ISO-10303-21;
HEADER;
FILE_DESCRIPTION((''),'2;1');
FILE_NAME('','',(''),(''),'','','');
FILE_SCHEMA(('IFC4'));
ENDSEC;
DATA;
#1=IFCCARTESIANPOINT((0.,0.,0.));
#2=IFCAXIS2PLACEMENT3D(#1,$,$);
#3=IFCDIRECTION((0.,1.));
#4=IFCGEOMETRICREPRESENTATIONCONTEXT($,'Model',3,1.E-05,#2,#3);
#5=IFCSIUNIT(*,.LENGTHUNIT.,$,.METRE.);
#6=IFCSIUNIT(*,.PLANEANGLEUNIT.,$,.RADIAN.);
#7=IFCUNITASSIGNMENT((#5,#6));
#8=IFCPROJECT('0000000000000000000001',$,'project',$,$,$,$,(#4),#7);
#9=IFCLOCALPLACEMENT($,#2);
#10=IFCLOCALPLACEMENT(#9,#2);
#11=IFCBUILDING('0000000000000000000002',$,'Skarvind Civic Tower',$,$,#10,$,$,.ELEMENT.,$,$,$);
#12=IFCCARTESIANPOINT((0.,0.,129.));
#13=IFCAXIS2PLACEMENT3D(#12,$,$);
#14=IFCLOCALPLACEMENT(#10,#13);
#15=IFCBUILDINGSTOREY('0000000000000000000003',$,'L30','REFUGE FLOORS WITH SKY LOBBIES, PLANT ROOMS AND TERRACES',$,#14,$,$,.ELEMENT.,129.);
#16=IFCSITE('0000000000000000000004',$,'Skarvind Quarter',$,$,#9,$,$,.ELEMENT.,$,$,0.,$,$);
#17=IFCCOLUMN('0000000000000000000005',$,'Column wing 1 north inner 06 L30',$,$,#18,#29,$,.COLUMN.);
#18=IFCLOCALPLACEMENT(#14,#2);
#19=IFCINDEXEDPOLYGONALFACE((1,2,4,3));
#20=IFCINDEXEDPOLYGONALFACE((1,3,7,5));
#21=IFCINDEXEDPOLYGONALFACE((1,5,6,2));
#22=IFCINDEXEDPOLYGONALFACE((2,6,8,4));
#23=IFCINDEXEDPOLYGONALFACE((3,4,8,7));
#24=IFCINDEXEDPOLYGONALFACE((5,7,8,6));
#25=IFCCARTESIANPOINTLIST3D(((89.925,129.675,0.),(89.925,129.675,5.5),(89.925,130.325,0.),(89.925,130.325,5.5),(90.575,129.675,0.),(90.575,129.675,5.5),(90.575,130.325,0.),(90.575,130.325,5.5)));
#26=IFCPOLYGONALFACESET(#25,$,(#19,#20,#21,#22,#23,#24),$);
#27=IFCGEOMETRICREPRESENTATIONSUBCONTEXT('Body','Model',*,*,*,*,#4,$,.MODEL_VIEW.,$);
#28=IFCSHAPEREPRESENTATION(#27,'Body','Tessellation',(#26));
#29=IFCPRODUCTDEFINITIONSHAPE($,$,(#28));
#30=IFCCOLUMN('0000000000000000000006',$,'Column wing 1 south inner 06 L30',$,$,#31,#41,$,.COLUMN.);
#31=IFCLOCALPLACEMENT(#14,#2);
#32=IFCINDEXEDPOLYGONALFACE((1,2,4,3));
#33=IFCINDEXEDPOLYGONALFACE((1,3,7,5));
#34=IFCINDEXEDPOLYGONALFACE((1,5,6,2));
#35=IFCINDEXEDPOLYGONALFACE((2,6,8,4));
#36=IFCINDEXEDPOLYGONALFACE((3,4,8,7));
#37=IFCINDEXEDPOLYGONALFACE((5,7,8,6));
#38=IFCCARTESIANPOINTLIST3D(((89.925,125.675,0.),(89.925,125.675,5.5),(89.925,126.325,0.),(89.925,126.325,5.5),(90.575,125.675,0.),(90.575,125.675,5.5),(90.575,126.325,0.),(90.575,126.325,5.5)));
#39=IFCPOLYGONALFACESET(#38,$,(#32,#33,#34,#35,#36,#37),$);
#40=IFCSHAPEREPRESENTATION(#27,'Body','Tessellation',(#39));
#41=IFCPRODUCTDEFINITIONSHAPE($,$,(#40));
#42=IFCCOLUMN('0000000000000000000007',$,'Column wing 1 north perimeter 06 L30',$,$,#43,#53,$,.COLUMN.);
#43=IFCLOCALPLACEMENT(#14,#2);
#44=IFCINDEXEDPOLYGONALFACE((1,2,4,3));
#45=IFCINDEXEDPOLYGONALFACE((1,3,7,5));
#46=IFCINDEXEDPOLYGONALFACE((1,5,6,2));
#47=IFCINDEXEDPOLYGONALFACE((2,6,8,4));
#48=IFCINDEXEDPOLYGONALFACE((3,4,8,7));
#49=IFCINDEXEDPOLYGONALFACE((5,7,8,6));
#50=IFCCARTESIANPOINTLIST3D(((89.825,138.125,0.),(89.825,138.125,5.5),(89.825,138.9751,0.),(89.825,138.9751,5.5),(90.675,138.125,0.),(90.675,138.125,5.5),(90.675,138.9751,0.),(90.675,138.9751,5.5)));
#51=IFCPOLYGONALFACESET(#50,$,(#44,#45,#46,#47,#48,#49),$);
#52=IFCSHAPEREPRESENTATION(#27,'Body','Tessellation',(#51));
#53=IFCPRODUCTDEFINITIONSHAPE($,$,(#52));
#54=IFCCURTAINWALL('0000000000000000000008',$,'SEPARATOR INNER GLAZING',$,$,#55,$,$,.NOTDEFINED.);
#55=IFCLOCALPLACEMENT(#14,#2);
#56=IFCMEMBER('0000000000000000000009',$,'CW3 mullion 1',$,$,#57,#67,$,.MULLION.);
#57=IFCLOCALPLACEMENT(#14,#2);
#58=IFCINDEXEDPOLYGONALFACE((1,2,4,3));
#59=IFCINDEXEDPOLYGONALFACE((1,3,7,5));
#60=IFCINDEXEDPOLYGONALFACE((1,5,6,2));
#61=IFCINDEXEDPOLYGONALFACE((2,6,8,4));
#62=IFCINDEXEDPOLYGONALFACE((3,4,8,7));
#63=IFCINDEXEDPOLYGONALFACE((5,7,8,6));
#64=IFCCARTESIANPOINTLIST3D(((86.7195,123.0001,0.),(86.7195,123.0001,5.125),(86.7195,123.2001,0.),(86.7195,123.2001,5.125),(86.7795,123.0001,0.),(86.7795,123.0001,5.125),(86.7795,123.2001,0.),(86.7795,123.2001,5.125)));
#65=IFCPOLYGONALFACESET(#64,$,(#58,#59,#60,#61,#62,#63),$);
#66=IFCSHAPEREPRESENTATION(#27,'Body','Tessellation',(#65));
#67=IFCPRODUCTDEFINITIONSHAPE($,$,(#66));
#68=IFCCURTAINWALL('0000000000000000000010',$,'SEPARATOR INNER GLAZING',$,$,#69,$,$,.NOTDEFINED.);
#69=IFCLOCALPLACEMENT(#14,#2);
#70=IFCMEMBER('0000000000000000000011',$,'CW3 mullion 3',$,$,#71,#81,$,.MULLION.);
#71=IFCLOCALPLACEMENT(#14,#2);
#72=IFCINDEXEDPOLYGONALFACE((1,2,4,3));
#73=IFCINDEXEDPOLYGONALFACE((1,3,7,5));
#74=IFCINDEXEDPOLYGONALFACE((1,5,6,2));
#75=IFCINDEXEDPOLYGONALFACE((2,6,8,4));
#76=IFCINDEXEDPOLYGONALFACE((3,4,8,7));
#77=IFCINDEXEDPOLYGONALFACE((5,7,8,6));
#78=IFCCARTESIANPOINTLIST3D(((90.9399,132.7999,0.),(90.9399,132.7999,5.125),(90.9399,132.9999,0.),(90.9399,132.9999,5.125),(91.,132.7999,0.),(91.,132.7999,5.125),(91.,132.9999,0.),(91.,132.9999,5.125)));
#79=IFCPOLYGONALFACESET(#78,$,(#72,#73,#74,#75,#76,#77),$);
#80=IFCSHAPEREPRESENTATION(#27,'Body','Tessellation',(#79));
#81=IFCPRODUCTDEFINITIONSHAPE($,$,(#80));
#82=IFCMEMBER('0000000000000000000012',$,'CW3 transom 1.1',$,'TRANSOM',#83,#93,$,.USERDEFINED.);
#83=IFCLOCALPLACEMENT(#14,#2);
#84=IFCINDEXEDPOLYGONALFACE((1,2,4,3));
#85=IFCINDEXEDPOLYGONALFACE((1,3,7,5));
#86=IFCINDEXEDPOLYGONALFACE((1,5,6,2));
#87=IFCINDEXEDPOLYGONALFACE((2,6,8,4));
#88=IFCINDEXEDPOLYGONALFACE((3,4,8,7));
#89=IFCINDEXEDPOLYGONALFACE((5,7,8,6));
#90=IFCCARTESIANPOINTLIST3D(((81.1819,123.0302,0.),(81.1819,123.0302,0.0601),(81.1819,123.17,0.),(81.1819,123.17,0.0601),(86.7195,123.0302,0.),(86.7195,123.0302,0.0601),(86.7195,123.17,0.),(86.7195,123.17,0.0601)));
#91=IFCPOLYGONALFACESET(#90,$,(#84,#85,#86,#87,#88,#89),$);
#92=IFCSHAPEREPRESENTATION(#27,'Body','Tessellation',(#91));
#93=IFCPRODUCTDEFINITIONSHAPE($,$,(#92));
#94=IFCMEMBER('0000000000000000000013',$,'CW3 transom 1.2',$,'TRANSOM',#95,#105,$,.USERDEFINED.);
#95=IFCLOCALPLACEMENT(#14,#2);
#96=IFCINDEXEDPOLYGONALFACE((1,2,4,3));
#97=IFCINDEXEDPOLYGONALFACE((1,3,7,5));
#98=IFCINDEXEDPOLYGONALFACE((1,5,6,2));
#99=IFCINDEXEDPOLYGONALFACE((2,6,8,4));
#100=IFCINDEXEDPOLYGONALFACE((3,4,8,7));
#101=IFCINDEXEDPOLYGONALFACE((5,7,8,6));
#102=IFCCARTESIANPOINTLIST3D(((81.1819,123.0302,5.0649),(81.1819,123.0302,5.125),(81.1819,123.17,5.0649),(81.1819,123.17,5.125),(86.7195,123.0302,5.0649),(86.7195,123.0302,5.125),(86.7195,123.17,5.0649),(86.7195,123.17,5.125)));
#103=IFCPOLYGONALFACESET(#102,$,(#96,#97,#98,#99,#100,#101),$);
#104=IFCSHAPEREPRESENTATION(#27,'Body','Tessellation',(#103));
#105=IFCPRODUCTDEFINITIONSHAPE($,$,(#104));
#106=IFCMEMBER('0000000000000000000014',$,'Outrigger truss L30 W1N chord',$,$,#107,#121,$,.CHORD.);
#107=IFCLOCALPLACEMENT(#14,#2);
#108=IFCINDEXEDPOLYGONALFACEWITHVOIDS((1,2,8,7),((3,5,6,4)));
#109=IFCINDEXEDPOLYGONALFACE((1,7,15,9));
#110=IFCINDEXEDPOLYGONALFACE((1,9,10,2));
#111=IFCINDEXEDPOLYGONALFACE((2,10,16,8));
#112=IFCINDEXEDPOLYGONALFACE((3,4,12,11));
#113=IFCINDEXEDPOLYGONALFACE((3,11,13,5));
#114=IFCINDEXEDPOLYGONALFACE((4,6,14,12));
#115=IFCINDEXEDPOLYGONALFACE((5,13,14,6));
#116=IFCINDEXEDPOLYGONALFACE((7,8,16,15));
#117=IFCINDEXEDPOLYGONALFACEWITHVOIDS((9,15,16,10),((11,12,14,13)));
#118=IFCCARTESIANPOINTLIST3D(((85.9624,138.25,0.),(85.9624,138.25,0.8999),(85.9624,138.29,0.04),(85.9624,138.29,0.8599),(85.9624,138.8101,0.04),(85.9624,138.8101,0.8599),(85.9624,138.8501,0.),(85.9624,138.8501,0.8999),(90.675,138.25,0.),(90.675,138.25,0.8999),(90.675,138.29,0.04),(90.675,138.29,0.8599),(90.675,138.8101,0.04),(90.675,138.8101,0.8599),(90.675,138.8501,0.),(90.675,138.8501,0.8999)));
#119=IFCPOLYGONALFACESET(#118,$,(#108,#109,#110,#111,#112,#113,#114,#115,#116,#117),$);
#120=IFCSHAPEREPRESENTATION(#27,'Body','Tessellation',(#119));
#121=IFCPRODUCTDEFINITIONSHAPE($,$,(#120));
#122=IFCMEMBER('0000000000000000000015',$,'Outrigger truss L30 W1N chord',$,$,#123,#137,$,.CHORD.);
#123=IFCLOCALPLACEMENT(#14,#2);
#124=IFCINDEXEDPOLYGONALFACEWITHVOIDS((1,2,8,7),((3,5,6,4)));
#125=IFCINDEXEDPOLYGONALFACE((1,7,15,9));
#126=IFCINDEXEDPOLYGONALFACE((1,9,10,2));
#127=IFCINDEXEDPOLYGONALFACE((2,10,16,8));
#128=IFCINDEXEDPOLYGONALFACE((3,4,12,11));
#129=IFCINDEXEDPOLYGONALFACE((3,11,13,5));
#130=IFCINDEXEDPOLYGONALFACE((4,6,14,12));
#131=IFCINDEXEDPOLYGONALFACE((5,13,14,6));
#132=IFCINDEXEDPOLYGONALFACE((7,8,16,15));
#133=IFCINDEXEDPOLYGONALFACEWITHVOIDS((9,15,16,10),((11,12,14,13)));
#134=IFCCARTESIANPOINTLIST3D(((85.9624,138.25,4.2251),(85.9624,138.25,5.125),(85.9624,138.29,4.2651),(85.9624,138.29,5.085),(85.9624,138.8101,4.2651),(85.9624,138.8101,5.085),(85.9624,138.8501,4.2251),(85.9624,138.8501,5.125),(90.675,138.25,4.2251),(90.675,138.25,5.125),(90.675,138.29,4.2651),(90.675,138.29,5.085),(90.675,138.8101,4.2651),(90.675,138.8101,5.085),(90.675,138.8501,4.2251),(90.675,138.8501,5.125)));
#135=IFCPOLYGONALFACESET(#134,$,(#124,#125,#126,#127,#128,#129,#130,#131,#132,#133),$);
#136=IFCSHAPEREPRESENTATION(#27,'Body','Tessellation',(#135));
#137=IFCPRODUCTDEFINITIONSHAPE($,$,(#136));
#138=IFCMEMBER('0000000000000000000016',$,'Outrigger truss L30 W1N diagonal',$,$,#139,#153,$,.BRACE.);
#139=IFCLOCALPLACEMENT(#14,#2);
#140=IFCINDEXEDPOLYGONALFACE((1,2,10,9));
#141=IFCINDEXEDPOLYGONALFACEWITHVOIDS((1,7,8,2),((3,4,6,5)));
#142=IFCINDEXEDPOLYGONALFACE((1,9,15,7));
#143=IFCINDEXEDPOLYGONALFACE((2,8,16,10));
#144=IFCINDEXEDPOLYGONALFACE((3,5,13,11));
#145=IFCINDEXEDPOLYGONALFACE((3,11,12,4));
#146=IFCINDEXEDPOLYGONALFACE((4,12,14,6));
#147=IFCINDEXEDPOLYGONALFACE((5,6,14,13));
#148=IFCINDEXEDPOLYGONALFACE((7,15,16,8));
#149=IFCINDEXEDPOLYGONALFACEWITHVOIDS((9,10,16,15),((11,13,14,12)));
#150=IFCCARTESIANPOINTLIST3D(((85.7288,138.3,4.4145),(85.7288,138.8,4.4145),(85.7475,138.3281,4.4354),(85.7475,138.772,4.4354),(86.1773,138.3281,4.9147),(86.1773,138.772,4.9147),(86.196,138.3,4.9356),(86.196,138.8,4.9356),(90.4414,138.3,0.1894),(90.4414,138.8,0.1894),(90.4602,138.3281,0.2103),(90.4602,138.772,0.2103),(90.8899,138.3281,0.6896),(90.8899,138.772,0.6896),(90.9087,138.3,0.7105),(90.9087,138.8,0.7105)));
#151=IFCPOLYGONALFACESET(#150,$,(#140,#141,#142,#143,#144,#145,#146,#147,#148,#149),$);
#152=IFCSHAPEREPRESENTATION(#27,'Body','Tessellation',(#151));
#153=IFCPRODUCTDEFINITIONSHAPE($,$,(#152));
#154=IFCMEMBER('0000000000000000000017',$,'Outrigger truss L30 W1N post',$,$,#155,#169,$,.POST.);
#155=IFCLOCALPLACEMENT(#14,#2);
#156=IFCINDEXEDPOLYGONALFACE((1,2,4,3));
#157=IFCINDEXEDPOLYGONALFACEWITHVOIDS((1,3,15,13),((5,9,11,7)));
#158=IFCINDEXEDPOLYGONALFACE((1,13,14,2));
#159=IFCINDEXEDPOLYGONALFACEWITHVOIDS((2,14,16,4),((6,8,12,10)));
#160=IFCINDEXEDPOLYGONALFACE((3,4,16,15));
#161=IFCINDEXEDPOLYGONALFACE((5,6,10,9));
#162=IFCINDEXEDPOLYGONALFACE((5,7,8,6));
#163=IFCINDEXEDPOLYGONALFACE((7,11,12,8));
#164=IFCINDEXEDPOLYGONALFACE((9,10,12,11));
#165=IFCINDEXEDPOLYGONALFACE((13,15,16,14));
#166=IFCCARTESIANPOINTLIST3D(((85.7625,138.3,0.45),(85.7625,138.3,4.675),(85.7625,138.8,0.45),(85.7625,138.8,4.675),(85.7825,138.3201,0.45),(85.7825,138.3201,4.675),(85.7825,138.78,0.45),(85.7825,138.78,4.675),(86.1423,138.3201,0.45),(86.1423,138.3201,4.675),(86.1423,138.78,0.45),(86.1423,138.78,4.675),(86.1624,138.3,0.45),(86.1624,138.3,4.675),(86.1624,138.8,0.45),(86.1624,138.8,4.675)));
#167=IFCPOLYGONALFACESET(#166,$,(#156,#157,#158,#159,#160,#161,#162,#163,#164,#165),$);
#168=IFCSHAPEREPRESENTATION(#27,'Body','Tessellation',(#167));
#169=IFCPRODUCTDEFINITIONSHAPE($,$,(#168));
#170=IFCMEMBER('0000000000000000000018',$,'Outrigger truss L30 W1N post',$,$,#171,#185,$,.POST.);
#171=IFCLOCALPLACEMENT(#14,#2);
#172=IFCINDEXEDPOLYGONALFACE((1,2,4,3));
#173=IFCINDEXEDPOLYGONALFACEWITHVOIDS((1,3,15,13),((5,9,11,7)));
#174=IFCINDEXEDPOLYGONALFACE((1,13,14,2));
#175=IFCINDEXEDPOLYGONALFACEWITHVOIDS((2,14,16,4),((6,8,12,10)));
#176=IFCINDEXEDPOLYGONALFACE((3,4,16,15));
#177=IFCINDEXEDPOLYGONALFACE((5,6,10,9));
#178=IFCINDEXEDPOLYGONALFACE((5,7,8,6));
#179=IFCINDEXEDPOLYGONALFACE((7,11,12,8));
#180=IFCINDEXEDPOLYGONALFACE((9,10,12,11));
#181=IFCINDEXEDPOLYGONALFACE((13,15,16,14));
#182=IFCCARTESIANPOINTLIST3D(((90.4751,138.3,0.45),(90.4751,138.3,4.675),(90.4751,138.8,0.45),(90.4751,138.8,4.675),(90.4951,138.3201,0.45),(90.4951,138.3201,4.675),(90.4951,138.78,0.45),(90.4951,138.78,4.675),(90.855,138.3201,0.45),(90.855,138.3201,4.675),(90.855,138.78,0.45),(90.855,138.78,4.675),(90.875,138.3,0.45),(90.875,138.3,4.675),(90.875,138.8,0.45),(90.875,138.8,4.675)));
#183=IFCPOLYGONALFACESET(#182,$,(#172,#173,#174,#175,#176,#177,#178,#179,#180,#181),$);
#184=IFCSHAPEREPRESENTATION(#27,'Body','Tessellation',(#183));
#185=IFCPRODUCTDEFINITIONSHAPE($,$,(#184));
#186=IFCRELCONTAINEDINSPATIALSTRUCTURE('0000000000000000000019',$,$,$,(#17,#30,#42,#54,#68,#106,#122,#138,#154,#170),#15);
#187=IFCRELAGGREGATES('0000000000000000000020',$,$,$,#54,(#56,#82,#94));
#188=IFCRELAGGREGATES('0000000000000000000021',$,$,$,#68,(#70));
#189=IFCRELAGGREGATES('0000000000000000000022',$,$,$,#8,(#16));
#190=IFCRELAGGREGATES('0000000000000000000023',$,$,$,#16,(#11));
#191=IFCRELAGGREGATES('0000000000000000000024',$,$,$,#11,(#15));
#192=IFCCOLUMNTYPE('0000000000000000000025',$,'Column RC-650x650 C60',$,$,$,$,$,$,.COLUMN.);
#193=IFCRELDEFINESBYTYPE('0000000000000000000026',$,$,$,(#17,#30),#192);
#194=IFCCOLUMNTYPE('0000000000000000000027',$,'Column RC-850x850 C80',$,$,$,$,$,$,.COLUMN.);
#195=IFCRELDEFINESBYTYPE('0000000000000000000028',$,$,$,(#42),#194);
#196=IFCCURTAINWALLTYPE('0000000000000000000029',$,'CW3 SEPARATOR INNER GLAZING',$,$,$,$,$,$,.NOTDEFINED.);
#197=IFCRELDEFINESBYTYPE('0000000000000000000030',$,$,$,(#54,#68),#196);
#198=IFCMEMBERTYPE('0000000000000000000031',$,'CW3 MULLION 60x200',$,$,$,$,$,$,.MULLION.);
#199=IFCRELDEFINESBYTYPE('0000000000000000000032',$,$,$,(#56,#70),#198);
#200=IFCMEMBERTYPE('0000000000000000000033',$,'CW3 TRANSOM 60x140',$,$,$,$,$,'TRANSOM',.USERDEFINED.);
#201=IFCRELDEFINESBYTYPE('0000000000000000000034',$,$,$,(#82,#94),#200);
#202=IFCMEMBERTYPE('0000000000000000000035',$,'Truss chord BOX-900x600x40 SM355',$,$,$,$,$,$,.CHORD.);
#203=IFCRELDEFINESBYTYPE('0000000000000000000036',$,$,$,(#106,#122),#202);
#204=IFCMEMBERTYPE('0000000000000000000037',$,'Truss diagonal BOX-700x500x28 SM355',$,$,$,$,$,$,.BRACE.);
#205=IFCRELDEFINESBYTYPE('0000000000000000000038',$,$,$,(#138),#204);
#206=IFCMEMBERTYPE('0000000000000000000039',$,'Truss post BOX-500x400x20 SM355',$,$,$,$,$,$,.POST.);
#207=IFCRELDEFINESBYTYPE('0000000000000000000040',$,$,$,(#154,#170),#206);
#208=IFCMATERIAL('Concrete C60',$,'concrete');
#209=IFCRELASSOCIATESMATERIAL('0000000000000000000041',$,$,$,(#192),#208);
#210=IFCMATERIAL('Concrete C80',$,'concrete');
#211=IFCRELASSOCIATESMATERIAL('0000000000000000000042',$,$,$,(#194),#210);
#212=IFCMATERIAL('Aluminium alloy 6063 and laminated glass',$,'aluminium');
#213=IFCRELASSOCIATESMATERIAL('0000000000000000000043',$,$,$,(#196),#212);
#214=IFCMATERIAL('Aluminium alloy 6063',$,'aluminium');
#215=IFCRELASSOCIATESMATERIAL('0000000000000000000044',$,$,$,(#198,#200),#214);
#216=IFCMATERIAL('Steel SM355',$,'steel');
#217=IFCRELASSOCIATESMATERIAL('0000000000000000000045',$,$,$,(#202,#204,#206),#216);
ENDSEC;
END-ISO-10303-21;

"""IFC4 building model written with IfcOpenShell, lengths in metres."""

from ifc_helpers import new_model, si_unit, direction, frame, origin, origin_2d, place, context, subcontext, project, spatial, rectangle, hollow_rectangle, extrude, material, material_profile, profile_set, type_object, element, aggregate, save


model = new_model("IFC4")

# Units and contexts
model_context = context("Model", 3, precision=1e-05, world=origin(), true_north=direction((0.0, 1.0)))
body_context = subcontext(model_context, "Body", "Model", "MODEL_VIEW")
ifc_project = project(units=[si_unit("LENGTHUNIT", "METRE"), si_unit("PLANEANGLEUNIT", "RADIAN")], contexts=[model_context])

# Site, building, storey
site_placement = place(None, origin())
site = spatial("IfcSite", under=ifc_project, at=site_placement, Name="Skarvind Quarter", CompositionType="ELEMENT", RefElevation=0.0)
building_placement = place(site_placement, origin())
building = spatial("IfcBuilding", under=site, at=building_placement, Name="Skarvind Civic Tower", CompositionType="ELEMENT")
storey_placement = place(building_placement, frame((0.0, 0.0, 129.0)))
storey = spatial("IfcBuildingStorey", under=building, at=storey_placement, Name="L30", Description="REFUGE FLOORS WITH SKY LOBBIES, PLANT ROOMS AND TERRACES", CompositionType="ELEMENT", Elevation=129.0)

# Columns
ifc_material_1 = material(Name="Concrete C60", Category="concrete")
ifc_material_profile_1 = material_profile(ifc_material_1, rectangle(XDim=0.6499, YDim=0.6499, at=origin_2d()), Name="RC-650x650")
ifc_profile_set_1 = profile_set([ifc_material_profile_1], Name="Concrete C60")
column_type_1 = type_object("IfcColumnType", Name="Column RC-650x650 C60", PredefinedType="COLUMN", material=ifc_profile_set_1)
for number, where, z_axis, x_axis, name in (
    (1, (90.25, 130.0, 0.0), (0.0, 0.0, 1.0), (1.0, 0.0, 0.0), "Column wing 1 north inner 06 L30"),
    (2, (90.25, 126.0, 0.0), (0.0, 0.0, 1.0), (1.0, 0.0, 0.0), "Column wing 1 south inner 06 L30"),
):
    element("IfcColumn", number, at=place(storey_placement, frame(where, z_axis=z_axis, x_axis=x_axis)), inside=storey, type_object=column_type_1, Name=name, PredefinedType="COLUMN", context=body_context, shape_type="SweptSolid", body=[
        extrude(rectangle(XDim=0.6499, YDim=0.6499, at=origin_2d()), origin(), (0.0, 0.0, 1.0), 5.5),
    ])
ifc_material_2 = material(Name="Concrete C80", Category="concrete")
ifc_material_profile_2 = material_profile(ifc_material_2, rectangle(XDim=0.8501, YDim=0.8501, at=origin_2d()), Name="RC-850x850")
ifc_profile_set_2 = profile_set([ifc_material_profile_2], Name="Concrete C80")
column_type_2 = type_object("IfcColumnType", Name="Column RC-850x850 C80", PredefinedType="COLUMN", material=ifc_profile_set_2)
column_placement = place(storey_placement, frame((90.25, 138.55, 0.0), z_axis=(0.0, 0.0, 1.0), x_axis=(1.0, 0.0, 0.0)))
element("IfcColumn", 3, at=column_placement, inside=storey, type_object=column_type_2, Name="Column wing 1 north perimeter 06 L30", PredefinedType="COLUMN", context=body_context, shape_type="SweptSolid", body=[
    extrude(rectangle(XDim=0.8501, YDim=0.8501, at=origin_2d()), origin(), (0.0, 0.0, 1.0), 5.5),
])

# Curtain walls, members
ifc_material_3 = material(Name="Aluminium alloy 6063 and laminated glass", Category="aluminium")
curtain_wall_type = type_object("IfcCurtainWallType", Name="CW3 SEPARATOR INNER GLAZING", PredefinedType="NOTDEFINED", material=ifc_material_3)
curtain_wall_1_placement = place(storey_placement, origin())
curtain_wall_1 = element("IfcCurtainWall", 4, at=curtain_wall_1_placement, inside=storey, type_object=curtain_wall_type, Name="SEPARATOR INNER GLAZING", PredefinedType="NOTDEFINED")
ifc_material_4 = material(Name="Aluminium alloy 6063", Category="aluminium")
ifc_material_profile_3 = material_profile(ifc_material_4, rectangle(XDim=0.2, YDim=0.0601, at=origin_2d()), Name="AL 60x200")
ifc_profile_set_3 = profile_set([ifc_material_profile_3], Name="Aluminium alloy 6063")
member_type_1 = type_object("IfcMemberType", Name="CW3 MULLION 60x200", PredefinedType="MULLION", material=ifc_profile_set_3)
member_1_placement = place(storey_placement, frame((86.7495, 123.1001, 0.0), z_axis=(0.0, 0.0, 1.0), x_axis=(0.0, -1.0, 0.0)))
member_1 = element("IfcMember", 5, at=member_1_placement, type_object=member_type_1, Name="CW3 mullion 1", PredefinedType="MULLION", context=body_context, shape_type="SweptSolid", body=[
    extrude(rectangle(XDim=0.2, YDim=0.0601, at=origin_2d()), origin(), (0.0, 0.0, 1.0), 5.125),
])
curtain_wall_2_placement = place(storey_placement, origin())
curtain_wall_2 = element("IfcCurtainWall", 6, at=curtain_wall_2_placement, inside=storey, type_object=curtain_wall_type, Name="SEPARATOR INNER GLAZING", PredefinedType="NOTDEFINED")
member_2_placement = place(storey_placement, frame((90.97, 132.8999, 0.0), z_axis=(0.0, 0.0, 1.0), x_axis=(0.0, 1.0, 0.0)))
member_2 = element("IfcMember", 7, at=member_2_placement, type_object=member_type_1, Name="CW3 mullion 3", PredefinedType="MULLION", context=body_context, shape_type="SweptSolid", body=[
    extrude(rectangle(XDim=0.2, YDim=0.0601, at=origin_2d()), origin(), (0.0, 0.0, 1.0), 5.125),
])

# Members
ifc_material_profile_4 = material_profile(ifc_material_4, rectangle(XDim=0.1399, YDim=0.0601, at=origin_2d()), Name="AL 60x140")
ifc_profile_set_4 = profile_set([ifc_material_profile_4], Name="Aluminium alloy 6063")
member_type_2 = type_object("IfcMemberType", Name="CW3 TRANSOM 60x140", ElementType="TRANSOM", PredefinedType="USERDEFINED", material=ifc_profile_set_4)
member_3_placement = place(storey_placement, frame((86.7195, 123.1001, 0.03), z_axis=(-1.0, 0.0, 0.0), x_axis=(0.0, -1.0, 0.0)))
member_3 = element("IfcMember", 8, at=member_3_placement, type_object=member_type_2, Name="CW3 transom 1.1", ObjectType="TRANSOM", PredefinedType="USERDEFINED", context=body_context, shape_type="SweptSolid", body=[
    extrude(rectangle(XDim=0.1399, YDim=0.0601, at=origin_2d()), origin(), (0.0, 0.0, 1.0), 5.5376),
])
member_4_placement = place(storey_placement, frame((86.7195, 123.1001, 5.095), z_axis=(-1.0, 0.0, 0.0), x_axis=(0.0, -1.0, 0.0)))
member_4 = element("IfcMember", 9, at=member_4_placement, type_object=member_type_2, Name="CW3 transom 1.2", ObjectType="TRANSOM", PredefinedType="USERDEFINED", context=body_context, shape_type="SweptSolid", body=[
    extrude(rectangle(XDim=0.1399, YDim=0.0601, at=origin_2d()), origin(), (0.0, 0.0, 1.0), 5.5376),
])
aggregate(curtain_wall_1, [member_1, member_3, member_4])

# Members
ifc_material_5 = material(Name="Steel SM355", Category="steel")
ifc_material_profile_5 = material_profile(ifc_material_5, hollow_rectangle(XDim=0.6001, YDim=0.8999, WallThickness=0.04, at=origin_2d()), Name="BOX-900x600x40")
ifc_profile_set_5 = profile_set([ifc_material_profile_5], Name="Steel SM355")
member_type_3 = type_object("IfcMemberType", Name="Truss chord BOX-900x600x40 SM355", PredefinedType="CHORD", material=ifc_profile_set_5)
for number, where, z_axis, x_axis, name in (
    (10, (85.9624, 138.55, 0.45), (1.0, 0.0, 0.0), (0.0, 1.0, 0.0), "Outrigger truss L30 W1N chord"),
    (11, (85.9624, 138.55, 4.675), (1.0, 0.0, 0.0), (0.0, 1.0, 0.0), "Outrigger truss L30 W1N chord"),
):
    element("IfcMember", number, at=place(storey_placement, frame(where, z_axis=z_axis, x_axis=x_axis)), inside=storey, type_object=member_type_3, Name=name, PredefinedType="CHORD", context=body_context, shape_type="SweptSolid", body=[
        extrude(hollow_rectangle(XDim=0.6001, YDim=0.8999, WallThickness=0.04, at=origin_2d()), origin(), (0.0, 0.0, 1.0), 4.7126),
    ])
ifc_material_profile_6 = material_profile(ifc_material_5, hollow_rectangle(XDim=0.5, YDim=0.7, WallThickness=0.0281, at=origin_2d()), Name="BOX-700x500x28")
ifc_profile_set_6 = profile_set([ifc_material_profile_6], Name="Steel SM355")
member_type_4 = type_object("IfcMemberType", Name="Truss diagonal BOX-700x500x28 SM355", PredefinedType="BRACE", material=ifc_profile_set_6)
member_5_placement = place(storey_placement, frame((85.9624, 138.55, 4.675), z_axis=(0.744572, 0.0, -0.667542), x_axis=(0.0, 1.0, 0.0)))
element("IfcMember", 12, at=member_5_placement, inside=storey, type_object=member_type_4, Name="Outrigger truss L30 W1N diagonal", PredefinedType="BRACE", context=body_context, shape_type="SweptSolid", body=[
    extrude(hollow_rectangle(XDim=0.5, YDim=0.7, WallThickness=0.0281, at=origin_2d()), origin(), (0.0, 0.0, 1.0), 6.3293),
])
ifc_material_profile_7 = material_profile(ifc_material_5, hollow_rectangle(XDim=0.3999, YDim=0.5, WallThickness=0.02, at=origin_2d()), Name="BOX-500x400x20")
ifc_profile_set_7 = profile_set([ifc_material_profile_7], Name="Steel SM355")
member_type_5 = type_object("IfcMemberType", Name="Truss post BOX-500x400x20 SM355", PredefinedType="POST", material=ifc_profile_set_7)
for number, where, z_axis, x_axis, name in (
    (13, (85.9624, 138.55, 0.45), (0.0, 0.0, 1.0), (1.0, 0.0, 0.0), "Outrigger truss L30 W1N post"),
    (14, (90.675, 138.55, 0.45), (0.0, 0.0, 1.0), (1.0, 0.0, 0.0), "Outrigger truss L30 W1N post"),
):
    element("IfcMember", number, at=place(storey_placement, frame(where, z_axis=z_axis, x_axis=x_axis)), inside=storey, type_object=member_type_5, Name=name, PredefinedType="POST", context=body_context, shape_type="SweptSolid", body=[
        extrude(hollow_rectangle(XDim=0.3999, YDim=0.5, WallThickness=0.02, at=origin_2d()), origin(), (0.0, 0.0, 1.0), 4.2251),
    ])

aggregate(curtain_wall_2, [member_2])

save(model, "model.ifc")
